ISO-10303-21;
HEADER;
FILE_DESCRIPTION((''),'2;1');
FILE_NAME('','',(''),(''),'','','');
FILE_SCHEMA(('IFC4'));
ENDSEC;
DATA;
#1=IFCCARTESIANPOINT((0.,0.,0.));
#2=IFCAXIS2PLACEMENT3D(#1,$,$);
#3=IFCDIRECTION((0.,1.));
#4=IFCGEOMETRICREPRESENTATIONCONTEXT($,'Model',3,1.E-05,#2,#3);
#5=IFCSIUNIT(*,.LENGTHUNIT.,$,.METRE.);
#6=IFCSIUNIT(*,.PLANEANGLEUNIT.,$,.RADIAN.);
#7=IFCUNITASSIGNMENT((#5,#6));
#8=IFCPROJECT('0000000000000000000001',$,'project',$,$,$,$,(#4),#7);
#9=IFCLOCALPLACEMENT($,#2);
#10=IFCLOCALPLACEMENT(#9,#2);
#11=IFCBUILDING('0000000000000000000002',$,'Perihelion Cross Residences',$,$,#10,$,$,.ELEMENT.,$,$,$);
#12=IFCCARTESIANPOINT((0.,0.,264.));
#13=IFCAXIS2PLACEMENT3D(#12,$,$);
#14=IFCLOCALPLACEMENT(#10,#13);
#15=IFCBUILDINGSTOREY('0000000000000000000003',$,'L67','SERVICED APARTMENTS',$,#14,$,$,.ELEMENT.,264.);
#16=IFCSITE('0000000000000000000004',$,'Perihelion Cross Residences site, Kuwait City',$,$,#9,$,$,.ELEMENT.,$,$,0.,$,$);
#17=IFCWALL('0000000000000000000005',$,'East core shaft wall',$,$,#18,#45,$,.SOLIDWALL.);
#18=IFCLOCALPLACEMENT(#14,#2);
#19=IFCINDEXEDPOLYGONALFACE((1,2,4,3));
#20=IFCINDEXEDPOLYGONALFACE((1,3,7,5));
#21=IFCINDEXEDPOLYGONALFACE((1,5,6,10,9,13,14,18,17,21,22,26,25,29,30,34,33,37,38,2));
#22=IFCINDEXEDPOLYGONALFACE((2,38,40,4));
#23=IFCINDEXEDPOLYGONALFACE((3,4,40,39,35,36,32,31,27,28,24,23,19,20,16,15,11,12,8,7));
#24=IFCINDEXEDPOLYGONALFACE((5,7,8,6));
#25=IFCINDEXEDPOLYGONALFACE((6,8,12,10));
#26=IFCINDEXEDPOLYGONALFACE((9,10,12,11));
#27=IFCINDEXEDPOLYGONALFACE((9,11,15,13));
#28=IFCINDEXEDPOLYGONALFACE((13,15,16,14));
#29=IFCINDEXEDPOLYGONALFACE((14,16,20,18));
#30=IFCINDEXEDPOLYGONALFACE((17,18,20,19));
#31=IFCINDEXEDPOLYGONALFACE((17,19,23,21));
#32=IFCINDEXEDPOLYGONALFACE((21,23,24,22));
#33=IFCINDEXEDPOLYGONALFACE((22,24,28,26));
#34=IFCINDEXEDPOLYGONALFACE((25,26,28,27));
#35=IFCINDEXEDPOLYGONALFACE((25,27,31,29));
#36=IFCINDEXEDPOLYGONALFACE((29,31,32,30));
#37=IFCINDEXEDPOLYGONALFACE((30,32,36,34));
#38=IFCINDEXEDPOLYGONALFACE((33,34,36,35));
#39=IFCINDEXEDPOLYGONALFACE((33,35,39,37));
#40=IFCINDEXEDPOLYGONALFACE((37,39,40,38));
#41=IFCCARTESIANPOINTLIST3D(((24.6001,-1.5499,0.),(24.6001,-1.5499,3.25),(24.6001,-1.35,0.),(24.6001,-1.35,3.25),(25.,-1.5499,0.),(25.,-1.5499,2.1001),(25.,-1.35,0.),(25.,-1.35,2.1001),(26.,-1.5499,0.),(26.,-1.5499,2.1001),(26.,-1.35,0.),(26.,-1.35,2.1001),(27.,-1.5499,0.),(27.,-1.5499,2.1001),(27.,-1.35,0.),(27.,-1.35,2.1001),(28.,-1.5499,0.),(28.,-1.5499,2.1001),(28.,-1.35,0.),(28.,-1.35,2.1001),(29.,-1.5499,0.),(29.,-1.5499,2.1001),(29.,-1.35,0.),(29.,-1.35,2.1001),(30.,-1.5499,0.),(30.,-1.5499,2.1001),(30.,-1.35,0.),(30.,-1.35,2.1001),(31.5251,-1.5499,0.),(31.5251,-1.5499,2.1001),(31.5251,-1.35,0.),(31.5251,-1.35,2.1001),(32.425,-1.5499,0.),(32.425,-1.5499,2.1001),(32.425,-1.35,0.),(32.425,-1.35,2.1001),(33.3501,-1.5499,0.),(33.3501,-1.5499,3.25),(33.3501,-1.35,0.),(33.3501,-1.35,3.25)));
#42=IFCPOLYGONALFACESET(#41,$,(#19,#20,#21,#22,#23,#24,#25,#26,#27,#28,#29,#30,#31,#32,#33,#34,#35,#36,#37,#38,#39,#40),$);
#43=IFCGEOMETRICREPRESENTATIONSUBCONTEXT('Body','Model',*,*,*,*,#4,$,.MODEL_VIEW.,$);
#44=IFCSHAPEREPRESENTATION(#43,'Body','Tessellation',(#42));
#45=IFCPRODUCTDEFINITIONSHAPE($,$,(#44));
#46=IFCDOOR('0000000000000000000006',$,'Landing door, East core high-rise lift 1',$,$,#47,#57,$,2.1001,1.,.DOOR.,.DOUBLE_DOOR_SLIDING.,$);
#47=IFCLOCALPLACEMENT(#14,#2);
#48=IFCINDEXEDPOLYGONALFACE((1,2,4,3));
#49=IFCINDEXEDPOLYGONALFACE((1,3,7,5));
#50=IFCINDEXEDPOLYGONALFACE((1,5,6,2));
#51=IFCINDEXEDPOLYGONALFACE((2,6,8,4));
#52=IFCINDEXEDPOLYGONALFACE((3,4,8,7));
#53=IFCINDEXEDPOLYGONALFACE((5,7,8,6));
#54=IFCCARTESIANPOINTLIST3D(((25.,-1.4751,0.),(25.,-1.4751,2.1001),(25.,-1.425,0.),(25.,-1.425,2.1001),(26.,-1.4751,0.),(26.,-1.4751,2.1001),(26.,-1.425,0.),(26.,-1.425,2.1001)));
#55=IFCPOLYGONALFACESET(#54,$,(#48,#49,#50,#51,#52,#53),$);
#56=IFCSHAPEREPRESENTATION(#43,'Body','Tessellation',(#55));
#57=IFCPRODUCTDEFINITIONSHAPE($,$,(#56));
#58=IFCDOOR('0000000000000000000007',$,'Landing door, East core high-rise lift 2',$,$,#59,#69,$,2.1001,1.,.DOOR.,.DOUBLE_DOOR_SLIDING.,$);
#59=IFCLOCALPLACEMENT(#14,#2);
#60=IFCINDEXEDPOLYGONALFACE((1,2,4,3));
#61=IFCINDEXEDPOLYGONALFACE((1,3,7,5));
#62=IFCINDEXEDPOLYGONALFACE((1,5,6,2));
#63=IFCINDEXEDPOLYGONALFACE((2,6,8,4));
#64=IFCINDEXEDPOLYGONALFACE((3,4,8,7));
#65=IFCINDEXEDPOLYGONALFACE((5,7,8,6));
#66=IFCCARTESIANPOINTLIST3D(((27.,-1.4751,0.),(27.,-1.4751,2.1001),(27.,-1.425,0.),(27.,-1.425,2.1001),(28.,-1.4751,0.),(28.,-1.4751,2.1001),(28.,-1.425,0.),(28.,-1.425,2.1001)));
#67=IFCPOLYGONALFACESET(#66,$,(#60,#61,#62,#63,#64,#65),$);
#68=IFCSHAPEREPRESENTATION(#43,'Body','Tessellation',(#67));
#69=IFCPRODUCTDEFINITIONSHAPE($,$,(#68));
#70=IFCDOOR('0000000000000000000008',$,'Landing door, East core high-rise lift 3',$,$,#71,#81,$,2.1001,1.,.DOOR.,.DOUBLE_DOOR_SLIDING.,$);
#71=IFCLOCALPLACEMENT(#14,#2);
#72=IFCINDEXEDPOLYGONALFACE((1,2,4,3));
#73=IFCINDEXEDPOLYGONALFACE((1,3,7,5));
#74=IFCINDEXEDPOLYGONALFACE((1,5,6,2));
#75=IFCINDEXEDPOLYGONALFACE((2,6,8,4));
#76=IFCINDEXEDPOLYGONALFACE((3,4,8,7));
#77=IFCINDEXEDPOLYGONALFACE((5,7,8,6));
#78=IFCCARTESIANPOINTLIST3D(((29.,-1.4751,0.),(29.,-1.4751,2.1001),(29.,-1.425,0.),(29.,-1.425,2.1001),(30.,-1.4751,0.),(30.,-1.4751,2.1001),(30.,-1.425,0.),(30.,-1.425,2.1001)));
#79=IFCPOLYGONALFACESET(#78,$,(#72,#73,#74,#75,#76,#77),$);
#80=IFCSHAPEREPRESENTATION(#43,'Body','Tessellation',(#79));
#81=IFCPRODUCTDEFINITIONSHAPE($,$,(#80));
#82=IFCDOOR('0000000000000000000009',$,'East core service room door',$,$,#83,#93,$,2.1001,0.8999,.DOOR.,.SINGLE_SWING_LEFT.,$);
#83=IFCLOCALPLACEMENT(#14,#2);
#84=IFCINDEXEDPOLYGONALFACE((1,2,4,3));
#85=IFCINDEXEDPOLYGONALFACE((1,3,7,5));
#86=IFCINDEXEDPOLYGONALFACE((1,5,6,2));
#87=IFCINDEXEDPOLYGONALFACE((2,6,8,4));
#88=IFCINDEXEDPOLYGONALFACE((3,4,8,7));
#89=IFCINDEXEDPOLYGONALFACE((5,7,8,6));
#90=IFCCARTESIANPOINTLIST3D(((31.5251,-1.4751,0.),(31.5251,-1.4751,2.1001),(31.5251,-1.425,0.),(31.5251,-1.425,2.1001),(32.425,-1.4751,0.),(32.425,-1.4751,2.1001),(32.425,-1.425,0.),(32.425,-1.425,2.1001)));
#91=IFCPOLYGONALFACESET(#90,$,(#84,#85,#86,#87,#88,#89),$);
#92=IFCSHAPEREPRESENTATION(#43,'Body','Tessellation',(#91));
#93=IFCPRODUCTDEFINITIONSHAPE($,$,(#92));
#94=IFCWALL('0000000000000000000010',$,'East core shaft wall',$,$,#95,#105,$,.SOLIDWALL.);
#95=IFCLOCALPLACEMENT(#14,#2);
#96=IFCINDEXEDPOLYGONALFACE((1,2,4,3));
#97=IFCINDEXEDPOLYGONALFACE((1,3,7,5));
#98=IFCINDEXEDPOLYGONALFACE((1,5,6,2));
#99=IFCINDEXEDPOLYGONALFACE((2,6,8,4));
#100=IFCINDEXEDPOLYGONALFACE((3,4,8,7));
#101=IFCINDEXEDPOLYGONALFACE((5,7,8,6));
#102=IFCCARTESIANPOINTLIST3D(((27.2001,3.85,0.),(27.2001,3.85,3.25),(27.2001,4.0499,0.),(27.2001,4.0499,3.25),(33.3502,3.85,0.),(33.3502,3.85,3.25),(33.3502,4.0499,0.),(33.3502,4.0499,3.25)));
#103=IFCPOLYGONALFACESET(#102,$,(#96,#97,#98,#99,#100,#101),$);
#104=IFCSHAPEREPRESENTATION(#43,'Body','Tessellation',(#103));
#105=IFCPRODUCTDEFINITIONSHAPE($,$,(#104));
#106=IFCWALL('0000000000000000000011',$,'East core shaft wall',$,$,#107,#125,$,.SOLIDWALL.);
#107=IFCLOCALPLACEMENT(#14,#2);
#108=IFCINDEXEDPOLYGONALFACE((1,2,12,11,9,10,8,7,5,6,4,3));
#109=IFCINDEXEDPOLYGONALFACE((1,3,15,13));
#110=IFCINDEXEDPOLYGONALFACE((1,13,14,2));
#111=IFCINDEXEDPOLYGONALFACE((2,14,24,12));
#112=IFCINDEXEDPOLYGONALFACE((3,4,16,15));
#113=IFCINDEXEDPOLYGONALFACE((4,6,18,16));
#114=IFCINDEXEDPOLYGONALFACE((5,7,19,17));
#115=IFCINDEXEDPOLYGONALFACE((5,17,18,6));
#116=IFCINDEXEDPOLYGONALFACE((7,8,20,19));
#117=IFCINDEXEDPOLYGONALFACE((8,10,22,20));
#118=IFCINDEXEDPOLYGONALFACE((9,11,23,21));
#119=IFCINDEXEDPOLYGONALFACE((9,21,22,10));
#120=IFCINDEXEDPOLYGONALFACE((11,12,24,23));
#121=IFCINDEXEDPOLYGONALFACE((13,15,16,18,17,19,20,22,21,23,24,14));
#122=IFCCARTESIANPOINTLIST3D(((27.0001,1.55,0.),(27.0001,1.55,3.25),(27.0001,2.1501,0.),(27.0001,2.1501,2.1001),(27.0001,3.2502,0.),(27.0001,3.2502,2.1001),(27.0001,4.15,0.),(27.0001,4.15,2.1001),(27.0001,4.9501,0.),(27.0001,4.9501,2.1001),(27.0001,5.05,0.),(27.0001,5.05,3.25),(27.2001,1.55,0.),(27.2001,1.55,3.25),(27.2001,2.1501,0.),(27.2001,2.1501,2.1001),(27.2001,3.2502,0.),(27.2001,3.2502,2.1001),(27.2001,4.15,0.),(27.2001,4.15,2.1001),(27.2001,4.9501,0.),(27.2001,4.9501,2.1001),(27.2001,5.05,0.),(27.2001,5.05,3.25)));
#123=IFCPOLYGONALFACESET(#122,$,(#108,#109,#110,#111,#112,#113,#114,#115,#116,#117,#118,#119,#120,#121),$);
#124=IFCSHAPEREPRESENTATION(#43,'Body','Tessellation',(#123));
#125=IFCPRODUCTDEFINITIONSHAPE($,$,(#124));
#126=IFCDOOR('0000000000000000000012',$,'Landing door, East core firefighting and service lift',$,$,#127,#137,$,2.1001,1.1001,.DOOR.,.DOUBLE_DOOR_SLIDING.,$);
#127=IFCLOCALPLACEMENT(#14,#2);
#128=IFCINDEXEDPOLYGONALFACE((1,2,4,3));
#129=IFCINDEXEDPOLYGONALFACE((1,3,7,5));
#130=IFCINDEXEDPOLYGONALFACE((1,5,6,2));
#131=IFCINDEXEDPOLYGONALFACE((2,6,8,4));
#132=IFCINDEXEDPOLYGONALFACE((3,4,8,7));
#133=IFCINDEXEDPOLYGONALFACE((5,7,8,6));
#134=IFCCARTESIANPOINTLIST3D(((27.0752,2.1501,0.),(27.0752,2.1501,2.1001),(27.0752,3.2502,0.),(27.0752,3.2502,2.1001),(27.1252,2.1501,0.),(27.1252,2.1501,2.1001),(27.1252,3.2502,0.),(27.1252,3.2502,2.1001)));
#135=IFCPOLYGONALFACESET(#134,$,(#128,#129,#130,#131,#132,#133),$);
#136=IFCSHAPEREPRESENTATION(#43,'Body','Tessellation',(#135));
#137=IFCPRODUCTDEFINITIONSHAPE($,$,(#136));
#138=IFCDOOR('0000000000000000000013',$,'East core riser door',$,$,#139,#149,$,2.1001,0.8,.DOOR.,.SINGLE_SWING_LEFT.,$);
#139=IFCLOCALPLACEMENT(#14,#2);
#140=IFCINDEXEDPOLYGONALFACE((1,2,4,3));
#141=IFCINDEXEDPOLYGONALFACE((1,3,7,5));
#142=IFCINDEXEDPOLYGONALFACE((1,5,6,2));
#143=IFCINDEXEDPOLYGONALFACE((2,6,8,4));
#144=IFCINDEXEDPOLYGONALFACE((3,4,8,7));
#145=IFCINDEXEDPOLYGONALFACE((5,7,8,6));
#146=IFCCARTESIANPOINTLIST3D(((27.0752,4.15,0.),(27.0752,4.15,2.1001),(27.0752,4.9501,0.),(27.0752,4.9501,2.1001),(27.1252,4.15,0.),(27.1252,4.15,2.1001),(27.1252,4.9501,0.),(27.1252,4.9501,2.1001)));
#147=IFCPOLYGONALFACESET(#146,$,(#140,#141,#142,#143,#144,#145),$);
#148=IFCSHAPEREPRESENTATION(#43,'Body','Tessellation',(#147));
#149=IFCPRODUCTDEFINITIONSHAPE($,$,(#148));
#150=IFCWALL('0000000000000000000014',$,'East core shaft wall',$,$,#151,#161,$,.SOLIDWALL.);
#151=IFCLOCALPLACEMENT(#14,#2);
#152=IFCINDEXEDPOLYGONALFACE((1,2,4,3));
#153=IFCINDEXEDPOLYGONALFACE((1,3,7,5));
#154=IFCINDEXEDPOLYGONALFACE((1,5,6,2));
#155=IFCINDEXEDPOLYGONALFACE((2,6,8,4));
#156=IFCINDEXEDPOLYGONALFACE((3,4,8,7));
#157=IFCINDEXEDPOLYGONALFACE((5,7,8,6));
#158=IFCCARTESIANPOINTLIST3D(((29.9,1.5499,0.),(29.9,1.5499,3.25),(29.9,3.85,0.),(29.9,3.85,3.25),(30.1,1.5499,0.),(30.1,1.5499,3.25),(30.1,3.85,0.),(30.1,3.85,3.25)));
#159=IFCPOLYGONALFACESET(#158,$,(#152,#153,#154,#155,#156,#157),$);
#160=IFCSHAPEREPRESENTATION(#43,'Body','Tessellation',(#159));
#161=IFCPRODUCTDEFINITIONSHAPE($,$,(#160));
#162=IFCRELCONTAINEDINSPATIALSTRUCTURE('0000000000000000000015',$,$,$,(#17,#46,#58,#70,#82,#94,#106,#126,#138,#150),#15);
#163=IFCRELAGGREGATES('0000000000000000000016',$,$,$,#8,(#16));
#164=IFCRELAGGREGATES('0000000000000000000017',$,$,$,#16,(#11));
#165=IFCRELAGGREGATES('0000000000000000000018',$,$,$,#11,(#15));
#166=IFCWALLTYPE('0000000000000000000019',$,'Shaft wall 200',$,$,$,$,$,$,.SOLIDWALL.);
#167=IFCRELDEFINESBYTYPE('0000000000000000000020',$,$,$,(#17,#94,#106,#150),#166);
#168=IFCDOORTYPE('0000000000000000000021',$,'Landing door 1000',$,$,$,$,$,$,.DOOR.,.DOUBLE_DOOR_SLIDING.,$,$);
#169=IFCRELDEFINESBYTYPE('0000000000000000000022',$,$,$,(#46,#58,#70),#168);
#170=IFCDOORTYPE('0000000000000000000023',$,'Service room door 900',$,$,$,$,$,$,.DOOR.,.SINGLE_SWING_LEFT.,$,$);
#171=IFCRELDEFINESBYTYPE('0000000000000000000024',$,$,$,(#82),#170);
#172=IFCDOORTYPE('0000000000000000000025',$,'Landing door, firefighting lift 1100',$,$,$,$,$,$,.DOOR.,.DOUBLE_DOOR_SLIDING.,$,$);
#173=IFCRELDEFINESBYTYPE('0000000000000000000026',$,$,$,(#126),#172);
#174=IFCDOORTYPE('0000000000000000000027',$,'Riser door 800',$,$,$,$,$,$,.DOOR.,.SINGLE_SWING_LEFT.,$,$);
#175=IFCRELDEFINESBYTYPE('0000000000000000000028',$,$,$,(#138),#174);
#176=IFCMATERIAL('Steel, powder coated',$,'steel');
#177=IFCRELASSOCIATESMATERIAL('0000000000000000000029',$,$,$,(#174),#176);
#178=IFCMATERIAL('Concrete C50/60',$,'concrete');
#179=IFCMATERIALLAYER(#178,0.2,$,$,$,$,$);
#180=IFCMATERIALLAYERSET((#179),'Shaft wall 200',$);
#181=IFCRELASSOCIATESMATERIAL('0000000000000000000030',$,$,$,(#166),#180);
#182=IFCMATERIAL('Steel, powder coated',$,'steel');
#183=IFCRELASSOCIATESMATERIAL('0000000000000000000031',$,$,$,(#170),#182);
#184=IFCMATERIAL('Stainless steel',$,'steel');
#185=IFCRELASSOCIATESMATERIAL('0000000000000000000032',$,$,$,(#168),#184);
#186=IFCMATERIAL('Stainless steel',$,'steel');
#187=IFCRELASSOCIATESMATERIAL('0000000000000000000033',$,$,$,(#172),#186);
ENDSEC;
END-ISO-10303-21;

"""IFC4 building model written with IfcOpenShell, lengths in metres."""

from ifc_helpers import new_model, si_unit, direction, frame, frame_2d, origin, place, context, subcontext, project, spatial, rectangle, extrude, material, layer, layer_set, type_object, element, fill, save


model = new_model("IFC4")

# Units and contexts
model_context = context("Model", 3, precision=1e-05, world=origin(), true_north=direction((0.0, 1.0)))
body_context = subcontext(model_context, "Body", "Model", "MODEL_VIEW")
ifc_project = project(units=[si_unit("LENGTHUNIT", "METRE"), si_unit("PLANEANGLEUNIT", "RADIAN")], contexts=[model_context])

# Site, building, storey
site_placement = place(None, origin())
site = spatial("IfcSite", under=ifc_project, at=site_placement, Name="Perihelion Cross Residences site, Kuwait City", CompositionType="ELEMENT", RefElevation=0.0)
building_placement = place(site_placement, origin())
building = spatial("IfcBuilding", under=site, at=building_placement, Name="Perihelion Cross Residences", CompositionType="ELEMENT")
storey_placement = place(building_placement, frame((0.0, 0.0, 264.0)))
storey = spatial("IfcBuildingStorey", under=building, at=storey_placement, Name="L67", Description="SERVICED APARTMENTS", CompositionType="ELEMENT", Elevation=264.0)

# Shared definitions
ifc_material_1 = material(Name="Steel, powder coated", Category="steel")
door_type_1 = type_object("IfcDoorType", Name="Riser door 800", OperationType="SINGLE_SWING_LEFT", PredefinedType="DOOR", material=ifc_material_1)

# Wall, openings, doors
ifc_material_2 = material(Name="Concrete C50/60", Category="concrete")
ifc_layer_1 = layer(ifc_material_2, 0.2)
ifc_layer_set_1 = layer_set([ifc_layer_1], Name="Shaft wall 200")
wall_type_1 = type_object("IfcWallType", Name="Shaft wall 200", PredefinedType="SOLIDWALL", material=ifc_layer_set_1)
ifc_material_3 = material(Name="Steel, powder coated", Category="steel")
door_type_2 = type_object("IfcDoorType", Name="Service room door 900", OperationType="SINGLE_SWING_LEFT", PredefinedType="DOOR", material=ifc_material_3)
wall_1_placement = place(storey_placement, frame((24.6001, -1.45, 0.0), z_axis=(0.0, 0.0, 1.0), x_axis=(1.0, 0.0, 0.0)))
wall_1 = element("IfcWall", 1, at=wall_1_placement, inside=storey, type_object=wall_type_1, Name="East core shaft wall", PredefinedType="SOLIDWALL", context=body_context, shape_type="SweptSolid", body=[
    extrude(rectangle(XDim=8.75, YDim=0.2, at=frame_2d((4.375, 0.0))), origin(), (0.0, 0.0, 1.0), 3.25),
])
opening_1_placement = place(wall_1_placement, frame((0.3999, 0.0, 0.0)))
opening_1 = element("IfcOpeningElement", 2, at=opening_1_placement, cuts=wall_1, PredefinedType="OPENING", context=body_context, shape_type="SweptSolid", body=[
    extrude(rectangle(XDim=1.0, YDim=2.1001, at=frame_2d((0.5, 1.05))), frame((0.0, 0.1099, 0.0), z_axis=(0.0, -1.0, 0.0), x_axis=(1.0, 0.0, 0.0)), (0.0, 0.0, 1.0), 0.22),
])
opening_2_placement = place(wall_1_placement, frame((2.3999, 0.0, 0.0)))
opening_2 = element("IfcOpeningElement", 3, at=opening_2_placement, cuts=wall_1, PredefinedType="OPENING", context=body_context, shape_type="SweptSolid", body=[
    extrude(rectangle(XDim=1.0, YDim=2.1001, at=frame_2d((0.5, 1.05))), frame((0.0, 0.1099, 0.0), z_axis=(0.0, -1.0, 0.0), x_axis=(1.0, 0.0, 0.0)), (0.0, 0.0, 1.0), 0.22),
])
opening_3_placement = place(wall_1_placement, frame((4.3999, 0.0, 0.0)))
opening_3 = element("IfcOpeningElement", 4, at=opening_3_placement, cuts=wall_1, PredefinedType="OPENING", context=body_context, shape_type="SweptSolid", body=[
    extrude(rectangle(XDim=1.0, YDim=2.1001, at=frame_2d((0.5, 1.05))), frame((0.0, 0.1099, 0.0), z_axis=(0.0, -1.0, 0.0), x_axis=(1.0, 0.0, 0.0)), (0.0, 0.0, 1.0), 0.22),
])
opening_4_placement = place(wall_1_placement, frame((6.925, 0.0, 0.0)))
opening_4 = element("IfcOpeningElement", 5, at=opening_4_placement, cuts=wall_1, PredefinedType="OPENING", context=body_context, shape_type="SweptSolid", body=[
    extrude(rectangle(XDim=0.8999, YDim=2.1001, at=frame_2d((0.45, 1.05))), frame((0.0, 0.1099, 0.0), z_axis=(0.0, -1.0, 0.0), x_axis=(1.0, 0.0, 0.0)), (0.0, 0.0, 1.0), 0.22),
])
ifc_material_4 = material(Name="Stainless steel", Category="steel")
door_type_3 = type_object("IfcDoorType", Name="Landing door 1000", OperationType="DOUBLE_DOOR_SLIDING", PredefinedType="DOOR", material=ifc_material_4)
door_1_placement = place(opening_1_placement, origin())
door_1 = element("IfcDoor", 6, at=door_1_placement, inside=storey, type_object=door_type_3, Name="Landing door, East core high-rise lift 1", OperationType="DOUBLE_DOOR_SLIDING", OverallHeight=2.1001, OverallWidth=1.0, PredefinedType="DOOR", context=body_context, shape_type="SweptSolid", body=[
    extrude(rectangle(XDim=1.0, YDim=2.1001, at=frame_2d((0.5, 1.05))), frame((0.0, 0.0249, 0.0), z_axis=(0.0, -1.0, 0.0), x_axis=(1.0, 0.0, 0.0)), (0.0, 0.0, 1.0), 0.05),
])
fill(opening_1, door_1)
door_2_placement = place(opening_2_placement, origin())
door_2 = element("IfcDoor", 7, at=door_2_placement, inside=storey, type_object=door_type_3, Name="Landing door, East core high-rise lift 2", OperationType="DOUBLE_DOOR_SLIDING", OverallHeight=2.1001, OverallWidth=1.0, PredefinedType="DOOR", context=body_context, shape_type="SweptSolid", body=[
    extrude(rectangle(XDim=1.0, YDim=2.1001, at=frame_2d((0.5, 1.05))), frame((0.0, 0.0249, 0.0), z_axis=(0.0, -1.0, 0.0), x_axis=(1.0, 0.0, 0.0)), (0.0, 0.0, 1.0), 0.05),
])
fill(opening_2, door_2)
door_3_placement = place(opening_3_placement, origin())
door_3 = element("IfcDoor", 8, at=door_3_placement, inside=storey, type_object=door_type_3, Name="Landing door, East core high-rise lift 3", OperationType="DOUBLE_DOOR_SLIDING", OverallHeight=2.1001, OverallWidth=1.0, PredefinedType="DOOR", context=body_context, shape_type="SweptSolid", body=[
    extrude(rectangle(XDim=1.0, YDim=2.1001, at=frame_2d((0.5, 1.05))), frame((0.0, 0.0249, 0.0), z_axis=(0.0, -1.0, 0.0), x_axis=(1.0, 0.0, 0.0)), (0.0, 0.0, 1.0), 0.05),
])
fill(opening_3, door_3)
door_4_placement = place(opening_4_placement, origin())
door_4 = element("IfcDoor", 9, at=door_4_placement, inside=storey, type_object=door_type_2, Name="East core service room door", OperationType="SINGLE_SWING_LEFT", OverallHeight=2.1001, OverallWidth=0.8999, PredefinedType="DOOR", context=body_context, shape_type="SweptSolid", body=[
    extrude(rectangle(XDim=0.8999, YDim=2.1001, at=frame_2d((0.45, 1.05))), frame((0.0, 0.0249, 0.0), z_axis=(0.0, -1.0, 0.0), x_axis=(1.0, 0.0, 0.0)), (0.0, 0.0, 1.0), 0.05),
])
fill(opening_4, door_4)

# Wall
wall_2_placement = place(storey_placement, frame((27.2, 3.95, 0.0), z_axis=(0.0, 0.0, 1.0), x_axis=(1.0, 0.0, 0.0)))
element("IfcWall", 10, at=wall_2_placement, inside=storey, type_object=wall_type_1, Name="East core shaft wall", PredefinedType="SOLIDWALL", context=body_context, shape_type="SweptSolid", body=[
    extrude(rectangle(XDim=6.1501, YDim=0.2, at=frame_2d((3.0752, 0.0))), origin(), (0.0, 0.0, 1.0), 3.25),
])

# Wall, openings, doors
wall_3_placement = place(storey_placement, frame((27.1001, 1.55, 0.0), z_axis=(0.0, 0.0, 1.0), x_axis=(0.0, 1.0, 0.0)))
wall_3 = element("IfcWall", 11, at=wall_3_placement, inside=storey, type_object=wall_type_1, Name="East core shaft wall", PredefinedType="SOLIDWALL", context=body_context, shape_type="SweptSolid", body=[
    extrude(rectangle(XDim=3.5, YDim=0.2, at=frame_2d((1.75, 0.0))), origin(), (0.0, 0.0, 1.0), 3.25),
])
opening_5_placement = place(wall_3_placement, frame((0.6001, 0.0, 0.0)))
opening_5 = element("IfcOpeningElement", 12, at=opening_5_placement, cuts=wall_3, PredefinedType="OPENING", context=body_context, shape_type="SweptSolid", body=[
    extrude(rectangle(XDim=1.1001, YDim=2.1001, at=frame_2d((0.55, 1.05))), frame((0.0, 0.1099, 0.0), z_axis=(0.0, -1.0, 0.0), x_axis=(1.0, 0.0, 0.0)), (0.0, 0.0, 1.0), 0.22),
])
opening_6_placement = place(wall_3_placement, frame((2.6001, 0.0, 0.0)))
opening_6 = element("IfcOpeningElement", 13, at=opening_6_placement, cuts=wall_3, PredefinedType="OPENING", context=body_context, shape_type="SweptSolid", body=[
    extrude(rectangle(XDim=0.8, YDim=2.1001, at=frame_2d((0.3999, 1.05))), frame((0.0, 0.1099, 0.0), z_axis=(0.0, -1.0, 0.0), x_axis=(1.0, 0.0, 0.0)), (0.0, 0.0, 1.0), 0.22),
])
ifc_material_5 = material(Name="Stainless steel", Category="steel")
door_type_4 = type_object("IfcDoorType", Name="Landing door, firefighting lift 1100", OperationType="DOUBLE_DOOR_SLIDING", PredefinedType="DOOR", material=ifc_material_5)
door_5_placement = place(opening_5_placement, origin())
door_5 = element("IfcDoor", 14, at=door_5_placement, inside=storey, type_object=door_type_4, Name="Landing door, East core firefighting and service lift", OperationType="DOUBLE_DOOR_SLIDING", OverallHeight=2.1001, OverallWidth=1.1001, PredefinedType="DOOR", context=body_context, shape_type="SweptSolid", body=[
    extrude(rectangle(XDim=1.1001, YDim=2.1001, at=frame_2d((0.55, 1.05))), frame((0.0, 0.0249, 0.0), z_axis=(0.0, -1.0, 0.0), x_axis=(1.0, 0.0, 0.0)), (0.0, 0.0, 1.0), 0.05),
])
fill(opening_5, door_5)
door_6_placement = place(opening_6_placement, origin())
door_6 = element("IfcDoor", 15, at=door_6_placement, inside=storey, type_object=door_type_1, Name="East core riser door", OperationType="SINGLE_SWING_LEFT", OverallHeight=2.1001, OverallWidth=0.8, PredefinedType="DOOR", context=body_context, shape_type="SweptSolid", body=[
    extrude(rectangle(XDim=0.8, YDim=2.1001, at=frame_2d((0.3999, 1.05))), frame((0.0, 0.0249, 0.0), z_axis=(0.0, -1.0, 0.0), x_axis=(1.0, 0.0, 0.0)), (0.0, 0.0, 1.0), 0.05),
])
fill(opening_6, door_6)

# Wall
for number, where, z_axis, x_axis, name in (
    (16, (30.0, 1.55, 0.0), (0.0, 0.0, 1.0), (0.0, 1.0, 0.0), "East core shaft wall"),
):
    element("IfcWall", number, at=place(storey_placement, frame(where, z_axis=z_axis, x_axis=x_axis)), inside=storey, type_object=wall_type_1, Name=name, PredefinedType="SOLIDWALL", context=body_context, shape_type="SweptSolid", body=[
        extrude(rectangle(XDim=2.3, YDim=0.2, at=frame_2d((1.1499, 0.0))), origin(), (0.0, 0.0, 1.0), 3.25),
    ])

save(model, "model.ifc")
